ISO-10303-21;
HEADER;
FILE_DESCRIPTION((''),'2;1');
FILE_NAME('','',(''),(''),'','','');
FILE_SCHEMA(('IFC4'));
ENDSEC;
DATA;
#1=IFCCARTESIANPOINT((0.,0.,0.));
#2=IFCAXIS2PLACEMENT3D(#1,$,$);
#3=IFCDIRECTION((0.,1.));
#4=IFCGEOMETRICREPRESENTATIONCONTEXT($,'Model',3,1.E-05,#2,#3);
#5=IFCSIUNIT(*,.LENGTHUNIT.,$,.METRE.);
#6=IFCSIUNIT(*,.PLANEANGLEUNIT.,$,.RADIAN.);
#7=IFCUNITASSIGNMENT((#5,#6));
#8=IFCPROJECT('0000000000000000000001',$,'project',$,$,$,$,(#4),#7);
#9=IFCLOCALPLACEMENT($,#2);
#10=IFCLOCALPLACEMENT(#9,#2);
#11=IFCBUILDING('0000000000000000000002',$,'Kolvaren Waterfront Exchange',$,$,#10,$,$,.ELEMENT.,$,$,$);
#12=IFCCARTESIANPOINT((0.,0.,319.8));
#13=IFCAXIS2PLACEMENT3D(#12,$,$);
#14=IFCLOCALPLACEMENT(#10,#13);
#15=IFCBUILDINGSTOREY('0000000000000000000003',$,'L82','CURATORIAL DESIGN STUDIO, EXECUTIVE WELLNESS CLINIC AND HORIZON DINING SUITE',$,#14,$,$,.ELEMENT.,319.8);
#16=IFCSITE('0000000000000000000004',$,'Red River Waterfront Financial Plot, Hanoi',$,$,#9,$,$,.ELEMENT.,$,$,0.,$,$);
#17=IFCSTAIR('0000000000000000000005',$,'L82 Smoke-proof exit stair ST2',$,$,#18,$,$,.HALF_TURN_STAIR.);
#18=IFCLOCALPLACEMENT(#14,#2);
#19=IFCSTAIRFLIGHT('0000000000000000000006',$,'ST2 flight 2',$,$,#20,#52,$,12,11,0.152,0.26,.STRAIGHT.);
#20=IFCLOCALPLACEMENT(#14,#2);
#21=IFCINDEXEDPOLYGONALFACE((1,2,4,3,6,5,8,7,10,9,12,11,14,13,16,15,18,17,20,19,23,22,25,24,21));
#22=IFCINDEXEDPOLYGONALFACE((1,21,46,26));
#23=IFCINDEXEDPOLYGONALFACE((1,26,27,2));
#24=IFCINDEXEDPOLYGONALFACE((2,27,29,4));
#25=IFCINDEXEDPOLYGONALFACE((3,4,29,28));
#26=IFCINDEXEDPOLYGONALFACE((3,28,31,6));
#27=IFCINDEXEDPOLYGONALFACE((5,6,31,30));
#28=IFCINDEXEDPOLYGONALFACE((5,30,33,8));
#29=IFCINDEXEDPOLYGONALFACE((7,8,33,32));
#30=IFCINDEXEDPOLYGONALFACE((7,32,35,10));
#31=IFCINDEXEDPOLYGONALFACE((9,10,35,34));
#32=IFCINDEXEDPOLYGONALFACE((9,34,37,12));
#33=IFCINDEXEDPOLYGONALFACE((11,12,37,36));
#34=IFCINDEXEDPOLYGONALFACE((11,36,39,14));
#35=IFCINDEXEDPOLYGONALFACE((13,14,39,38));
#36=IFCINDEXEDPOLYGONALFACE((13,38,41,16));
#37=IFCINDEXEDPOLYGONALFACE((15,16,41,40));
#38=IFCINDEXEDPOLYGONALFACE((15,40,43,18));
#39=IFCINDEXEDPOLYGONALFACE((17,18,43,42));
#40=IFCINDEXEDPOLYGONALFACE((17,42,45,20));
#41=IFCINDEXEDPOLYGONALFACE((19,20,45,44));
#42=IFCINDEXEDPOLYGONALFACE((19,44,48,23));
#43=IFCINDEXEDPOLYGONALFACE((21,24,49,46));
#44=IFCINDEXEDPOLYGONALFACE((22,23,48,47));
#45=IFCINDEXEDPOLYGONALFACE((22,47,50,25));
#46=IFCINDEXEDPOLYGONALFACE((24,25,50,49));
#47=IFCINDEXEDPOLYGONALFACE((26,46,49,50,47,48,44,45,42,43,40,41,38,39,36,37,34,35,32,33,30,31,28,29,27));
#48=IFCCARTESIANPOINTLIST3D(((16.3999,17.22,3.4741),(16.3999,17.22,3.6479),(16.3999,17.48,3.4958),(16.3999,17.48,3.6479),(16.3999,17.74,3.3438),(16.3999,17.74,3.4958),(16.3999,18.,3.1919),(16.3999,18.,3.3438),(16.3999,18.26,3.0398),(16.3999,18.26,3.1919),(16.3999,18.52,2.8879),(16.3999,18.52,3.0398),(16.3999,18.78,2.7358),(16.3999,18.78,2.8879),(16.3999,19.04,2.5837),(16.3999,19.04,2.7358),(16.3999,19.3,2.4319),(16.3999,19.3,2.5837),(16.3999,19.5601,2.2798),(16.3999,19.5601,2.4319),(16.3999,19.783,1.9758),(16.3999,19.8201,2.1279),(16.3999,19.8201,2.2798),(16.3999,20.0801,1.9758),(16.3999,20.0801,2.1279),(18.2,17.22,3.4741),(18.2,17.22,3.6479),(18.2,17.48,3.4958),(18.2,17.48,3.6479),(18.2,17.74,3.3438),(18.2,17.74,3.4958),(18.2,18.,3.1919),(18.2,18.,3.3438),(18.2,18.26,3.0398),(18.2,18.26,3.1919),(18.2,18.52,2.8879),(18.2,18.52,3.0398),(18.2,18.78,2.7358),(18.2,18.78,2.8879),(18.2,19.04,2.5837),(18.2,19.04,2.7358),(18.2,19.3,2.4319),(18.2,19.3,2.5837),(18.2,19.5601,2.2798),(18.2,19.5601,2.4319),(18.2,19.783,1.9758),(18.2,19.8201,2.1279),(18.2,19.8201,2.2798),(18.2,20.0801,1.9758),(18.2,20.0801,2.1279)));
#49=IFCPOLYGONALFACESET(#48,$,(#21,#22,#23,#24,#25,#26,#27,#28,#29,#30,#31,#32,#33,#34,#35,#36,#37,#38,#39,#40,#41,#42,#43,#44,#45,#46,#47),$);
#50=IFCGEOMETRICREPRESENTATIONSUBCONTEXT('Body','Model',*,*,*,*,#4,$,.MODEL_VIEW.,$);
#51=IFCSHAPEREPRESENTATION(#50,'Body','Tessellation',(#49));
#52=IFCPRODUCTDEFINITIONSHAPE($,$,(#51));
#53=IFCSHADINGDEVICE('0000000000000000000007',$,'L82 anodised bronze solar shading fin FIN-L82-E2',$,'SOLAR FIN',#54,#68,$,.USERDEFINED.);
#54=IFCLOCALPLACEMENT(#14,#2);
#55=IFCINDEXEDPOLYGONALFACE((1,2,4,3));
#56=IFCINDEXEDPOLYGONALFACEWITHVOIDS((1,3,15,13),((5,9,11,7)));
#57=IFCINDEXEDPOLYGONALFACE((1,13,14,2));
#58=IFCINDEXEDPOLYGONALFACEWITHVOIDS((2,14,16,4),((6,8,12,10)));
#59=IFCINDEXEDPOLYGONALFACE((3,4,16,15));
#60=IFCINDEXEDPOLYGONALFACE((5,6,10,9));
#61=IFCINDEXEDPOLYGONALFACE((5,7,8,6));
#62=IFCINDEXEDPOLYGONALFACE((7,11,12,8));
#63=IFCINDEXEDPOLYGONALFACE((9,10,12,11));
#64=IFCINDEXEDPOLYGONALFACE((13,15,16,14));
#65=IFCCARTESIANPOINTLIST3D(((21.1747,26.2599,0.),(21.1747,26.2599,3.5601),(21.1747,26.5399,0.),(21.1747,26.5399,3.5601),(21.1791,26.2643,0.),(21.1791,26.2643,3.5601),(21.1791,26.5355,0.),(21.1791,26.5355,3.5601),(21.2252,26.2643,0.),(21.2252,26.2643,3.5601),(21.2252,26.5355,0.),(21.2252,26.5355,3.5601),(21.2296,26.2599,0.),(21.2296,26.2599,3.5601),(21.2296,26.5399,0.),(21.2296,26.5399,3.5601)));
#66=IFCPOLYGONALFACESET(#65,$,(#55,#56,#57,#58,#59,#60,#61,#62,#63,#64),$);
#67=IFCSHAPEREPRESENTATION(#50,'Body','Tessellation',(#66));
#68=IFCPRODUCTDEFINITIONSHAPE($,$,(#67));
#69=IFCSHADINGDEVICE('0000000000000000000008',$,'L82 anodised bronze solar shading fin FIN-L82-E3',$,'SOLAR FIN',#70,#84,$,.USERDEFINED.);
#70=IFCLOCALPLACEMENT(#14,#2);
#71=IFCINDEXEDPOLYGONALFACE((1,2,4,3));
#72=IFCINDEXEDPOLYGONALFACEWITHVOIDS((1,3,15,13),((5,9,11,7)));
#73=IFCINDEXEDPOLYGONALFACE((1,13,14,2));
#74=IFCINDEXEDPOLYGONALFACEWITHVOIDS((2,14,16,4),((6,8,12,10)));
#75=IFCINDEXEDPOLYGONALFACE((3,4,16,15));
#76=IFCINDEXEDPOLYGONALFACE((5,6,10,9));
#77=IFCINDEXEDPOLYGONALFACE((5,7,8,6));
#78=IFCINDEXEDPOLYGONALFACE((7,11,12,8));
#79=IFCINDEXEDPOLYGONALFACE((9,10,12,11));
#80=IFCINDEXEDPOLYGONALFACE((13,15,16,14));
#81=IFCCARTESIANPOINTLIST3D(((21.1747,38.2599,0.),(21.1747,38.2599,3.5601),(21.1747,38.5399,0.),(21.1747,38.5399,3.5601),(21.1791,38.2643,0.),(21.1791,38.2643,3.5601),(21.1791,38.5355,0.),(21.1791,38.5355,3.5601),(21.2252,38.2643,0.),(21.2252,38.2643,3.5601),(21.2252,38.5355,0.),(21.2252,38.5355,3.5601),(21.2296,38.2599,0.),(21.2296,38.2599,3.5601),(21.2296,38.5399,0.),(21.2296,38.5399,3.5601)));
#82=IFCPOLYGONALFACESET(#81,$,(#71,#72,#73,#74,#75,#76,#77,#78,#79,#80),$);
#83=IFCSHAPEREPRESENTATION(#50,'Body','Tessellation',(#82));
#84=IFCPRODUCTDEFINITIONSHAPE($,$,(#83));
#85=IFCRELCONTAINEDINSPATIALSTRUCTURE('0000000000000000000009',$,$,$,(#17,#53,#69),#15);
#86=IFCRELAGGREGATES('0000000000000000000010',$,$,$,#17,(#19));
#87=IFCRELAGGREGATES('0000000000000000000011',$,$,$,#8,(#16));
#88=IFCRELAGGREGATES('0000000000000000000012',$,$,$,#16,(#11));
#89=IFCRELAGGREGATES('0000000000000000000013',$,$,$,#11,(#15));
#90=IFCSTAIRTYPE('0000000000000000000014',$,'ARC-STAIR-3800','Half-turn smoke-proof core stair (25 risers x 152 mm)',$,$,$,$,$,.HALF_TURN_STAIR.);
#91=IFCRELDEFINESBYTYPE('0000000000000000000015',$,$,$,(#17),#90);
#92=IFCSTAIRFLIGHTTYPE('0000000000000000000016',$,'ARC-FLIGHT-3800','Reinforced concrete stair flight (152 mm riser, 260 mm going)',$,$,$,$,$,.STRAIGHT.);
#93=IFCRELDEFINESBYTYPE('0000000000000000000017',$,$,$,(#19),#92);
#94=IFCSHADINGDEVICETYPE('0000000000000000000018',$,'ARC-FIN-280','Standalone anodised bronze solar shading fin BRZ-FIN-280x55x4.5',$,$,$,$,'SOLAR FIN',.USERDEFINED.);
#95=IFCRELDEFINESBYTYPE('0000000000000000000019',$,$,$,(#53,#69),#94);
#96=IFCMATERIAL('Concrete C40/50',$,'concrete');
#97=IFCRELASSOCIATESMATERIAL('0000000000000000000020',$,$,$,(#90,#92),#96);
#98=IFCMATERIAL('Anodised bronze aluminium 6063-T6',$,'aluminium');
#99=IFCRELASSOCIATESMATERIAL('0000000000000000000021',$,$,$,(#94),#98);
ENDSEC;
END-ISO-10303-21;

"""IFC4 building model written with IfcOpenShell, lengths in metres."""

from ifc_helpers import new_model, si_unit, direction, frame, origin, origin_2d, place, context, subcontext, project, spatial, polyline, hollow_rectangle, outline, extrude, material, material_profile, profile_set, type_object, element, aggregate, save


model = new_model("IFC4")

# Units and contexts
model_context = context("Model", 3, precision=1e-05, world=origin(), true_north=direction((0.0, 1.0)))
body_context = subcontext(model_context, "Body", "Model", "MODEL_VIEW")
ifc_project = project(units=[si_unit("LENGTHUNIT", "METRE"), si_unit("PLANEANGLEUNIT", "RADIAN")], contexts=[model_context])

# Site, building, storey
site_placement = place(None, origin())
site = spatial("IfcSite", under=ifc_project, at=site_placement, Name="Red River Waterfront Financial Plot, Hanoi", CompositionType="ELEMENT", RefElevation=0.0)
building_placement = place(site_placement, origin())
building = spatial("IfcBuilding", under=site, at=building_placement, Name="Kolvaren Waterfront Exchange", CompositionType="ELEMENT")
storey_placement = place(building_placement, frame((0.0, 0.0, 319.8)))
storey = spatial("IfcBuildingStorey", under=building, at=storey_placement, Name="L82", Description="CURATORIAL DESIGN STUDIO, EXECUTIVE WELLNESS CLINIC AND HORIZON DINING SUITE", CompositionType="ELEMENT", Elevation=319.8)

# Shared definitions
ifc_material_1 = material(Name="Anodised bronze aluminium 6063-T6", Category="aluminium")

# Stair, stair flight
ifc_material_2 = material(Name="Concrete C40/50", Category="concrete")
stair_type = type_object("IfcStairType", Name="ARC-STAIR-3800", Description="Half-turn smoke-proof core stair (25 risers x 152 mm)", PredefinedType="HALF_TURN_STAIR", material=ifc_material_2)
stair_placement = place(storey_placement, origin())
stair = element("IfcStair", 1, at=stair_placement, inside=storey, type_object=stair_type, Name="L82 Smoke-proof exit stair ST2", PredefinedType="HALF_TURN_STAIR")
stair_flight_type = type_object("IfcStairFlightType", Name="ARC-FLIGHT-3800", Description="Reinforced concrete stair flight (152 mm riser, 260 mm going)", PredefinedType="STRAIGHT", material=ifc_material_2)
stair_flight_placement = place(storey_placement, frame((17.3, 20.0801, 1.9758), z_axis=(0.0, 0.0, 1.0), x_axis=(0.0, -1.0, 0.0)))
stair_flight = element("IfcStairFlight", 2, at=stair_flight_placement, type_object=stair_flight_type, Name="ST2 flight 2", NumberOfRisers=12, NumberOfTreads=11, PredefinedType="STRAIGHT", RiserHeight=0.152, TreadLength=0.26, context=body_context, shape_type="SweptSolid", body=[
    extrude(outline(polyline([(0.0, 0.0), (0.0, 0.1521), (0.26, 0.1521), (0.26, 0.304), (0.52, 0.304), (0.52, 0.4561), (0.78, 0.4561), (0.78, 0.6079), (1.04, 0.6079), (1.04, 0.76), (1.3, 0.76), (1.3, 0.9121), (1.5601, 0.9121), (1.5601, 1.064), (1.8201, 1.064), (1.8201, 1.2161), (2.0801, 1.2161), (2.0801, 1.3679), (2.3401, 1.3679), (2.3401, 1.52), (2.6001, 1.52), (2.6001, 1.6721), (2.8601, 1.6721), (2.8601, 1.824), (2.8601, 1.4983), (0.2971, 0.0), (0.0, 0.0)])), frame((0.0, 0.8999, 0.0), z_axis=(0.0, -1.0, 0.0), x_axis=(1.0, 0.0, 0.0)), (0.0, 0.0, 1.0), 1.8),
])
aggregate(stair, [stair_flight])

# Shading devices
ifc_material_profile_1 = material_profile(ifc_material_1, hollow_rectangle(XDim=0.0549, YDim=0.28, WallThickness=0.0044, at=origin_2d()), Name="BRZ-FIN-280x55x4.5")
ifc_profile_set_1 = profile_set([ifc_material_profile_1], Name="Anodised bronze aluminium 6063-T6")
shading_device_type = type_object("IfcShadingDeviceType", Name="ARC-FIN-280", Description="Standalone anodised bronze solar shading fin BRZ-FIN-280x55x4.5", ElementType="SOLAR FIN", PredefinedType="USERDEFINED", material=ifc_profile_set_1)
for number, where, z_axis, x_axis, name in (
    (3, (21.2021, 26.3999, 0.0), (0.0, 0.0, 1.0), (1.0, 0.0, 0.0), "L82 anodised bronze solar shading fin FIN-L82-E2"),
    (4, (21.2021, 38.3999, 0.0), (0.0, 0.0, 1.0), (1.0, 0.0, 0.0), "L82 anodised bronze solar shading fin FIN-L82-E3"),
):
    element("IfcShadingDevice", number, at=place(storey_placement, frame(where, z_axis=z_axis, x_axis=x_axis)), inside=storey, type_object=shading_device_type, Name=name, ObjectType="SOLAR FIN", PredefinedType="USERDEFINED", context=body_context, shape_type="SweptSolid", body=[
        extrude(hollow_rectangle(XDim=0.0549, YDim=0.28, WallThickness=0.0044, at=origin_2d()), origin(), (0.0, 0.0, 1.0), 3.5601),
    ])

save(model, "model.ifc")
